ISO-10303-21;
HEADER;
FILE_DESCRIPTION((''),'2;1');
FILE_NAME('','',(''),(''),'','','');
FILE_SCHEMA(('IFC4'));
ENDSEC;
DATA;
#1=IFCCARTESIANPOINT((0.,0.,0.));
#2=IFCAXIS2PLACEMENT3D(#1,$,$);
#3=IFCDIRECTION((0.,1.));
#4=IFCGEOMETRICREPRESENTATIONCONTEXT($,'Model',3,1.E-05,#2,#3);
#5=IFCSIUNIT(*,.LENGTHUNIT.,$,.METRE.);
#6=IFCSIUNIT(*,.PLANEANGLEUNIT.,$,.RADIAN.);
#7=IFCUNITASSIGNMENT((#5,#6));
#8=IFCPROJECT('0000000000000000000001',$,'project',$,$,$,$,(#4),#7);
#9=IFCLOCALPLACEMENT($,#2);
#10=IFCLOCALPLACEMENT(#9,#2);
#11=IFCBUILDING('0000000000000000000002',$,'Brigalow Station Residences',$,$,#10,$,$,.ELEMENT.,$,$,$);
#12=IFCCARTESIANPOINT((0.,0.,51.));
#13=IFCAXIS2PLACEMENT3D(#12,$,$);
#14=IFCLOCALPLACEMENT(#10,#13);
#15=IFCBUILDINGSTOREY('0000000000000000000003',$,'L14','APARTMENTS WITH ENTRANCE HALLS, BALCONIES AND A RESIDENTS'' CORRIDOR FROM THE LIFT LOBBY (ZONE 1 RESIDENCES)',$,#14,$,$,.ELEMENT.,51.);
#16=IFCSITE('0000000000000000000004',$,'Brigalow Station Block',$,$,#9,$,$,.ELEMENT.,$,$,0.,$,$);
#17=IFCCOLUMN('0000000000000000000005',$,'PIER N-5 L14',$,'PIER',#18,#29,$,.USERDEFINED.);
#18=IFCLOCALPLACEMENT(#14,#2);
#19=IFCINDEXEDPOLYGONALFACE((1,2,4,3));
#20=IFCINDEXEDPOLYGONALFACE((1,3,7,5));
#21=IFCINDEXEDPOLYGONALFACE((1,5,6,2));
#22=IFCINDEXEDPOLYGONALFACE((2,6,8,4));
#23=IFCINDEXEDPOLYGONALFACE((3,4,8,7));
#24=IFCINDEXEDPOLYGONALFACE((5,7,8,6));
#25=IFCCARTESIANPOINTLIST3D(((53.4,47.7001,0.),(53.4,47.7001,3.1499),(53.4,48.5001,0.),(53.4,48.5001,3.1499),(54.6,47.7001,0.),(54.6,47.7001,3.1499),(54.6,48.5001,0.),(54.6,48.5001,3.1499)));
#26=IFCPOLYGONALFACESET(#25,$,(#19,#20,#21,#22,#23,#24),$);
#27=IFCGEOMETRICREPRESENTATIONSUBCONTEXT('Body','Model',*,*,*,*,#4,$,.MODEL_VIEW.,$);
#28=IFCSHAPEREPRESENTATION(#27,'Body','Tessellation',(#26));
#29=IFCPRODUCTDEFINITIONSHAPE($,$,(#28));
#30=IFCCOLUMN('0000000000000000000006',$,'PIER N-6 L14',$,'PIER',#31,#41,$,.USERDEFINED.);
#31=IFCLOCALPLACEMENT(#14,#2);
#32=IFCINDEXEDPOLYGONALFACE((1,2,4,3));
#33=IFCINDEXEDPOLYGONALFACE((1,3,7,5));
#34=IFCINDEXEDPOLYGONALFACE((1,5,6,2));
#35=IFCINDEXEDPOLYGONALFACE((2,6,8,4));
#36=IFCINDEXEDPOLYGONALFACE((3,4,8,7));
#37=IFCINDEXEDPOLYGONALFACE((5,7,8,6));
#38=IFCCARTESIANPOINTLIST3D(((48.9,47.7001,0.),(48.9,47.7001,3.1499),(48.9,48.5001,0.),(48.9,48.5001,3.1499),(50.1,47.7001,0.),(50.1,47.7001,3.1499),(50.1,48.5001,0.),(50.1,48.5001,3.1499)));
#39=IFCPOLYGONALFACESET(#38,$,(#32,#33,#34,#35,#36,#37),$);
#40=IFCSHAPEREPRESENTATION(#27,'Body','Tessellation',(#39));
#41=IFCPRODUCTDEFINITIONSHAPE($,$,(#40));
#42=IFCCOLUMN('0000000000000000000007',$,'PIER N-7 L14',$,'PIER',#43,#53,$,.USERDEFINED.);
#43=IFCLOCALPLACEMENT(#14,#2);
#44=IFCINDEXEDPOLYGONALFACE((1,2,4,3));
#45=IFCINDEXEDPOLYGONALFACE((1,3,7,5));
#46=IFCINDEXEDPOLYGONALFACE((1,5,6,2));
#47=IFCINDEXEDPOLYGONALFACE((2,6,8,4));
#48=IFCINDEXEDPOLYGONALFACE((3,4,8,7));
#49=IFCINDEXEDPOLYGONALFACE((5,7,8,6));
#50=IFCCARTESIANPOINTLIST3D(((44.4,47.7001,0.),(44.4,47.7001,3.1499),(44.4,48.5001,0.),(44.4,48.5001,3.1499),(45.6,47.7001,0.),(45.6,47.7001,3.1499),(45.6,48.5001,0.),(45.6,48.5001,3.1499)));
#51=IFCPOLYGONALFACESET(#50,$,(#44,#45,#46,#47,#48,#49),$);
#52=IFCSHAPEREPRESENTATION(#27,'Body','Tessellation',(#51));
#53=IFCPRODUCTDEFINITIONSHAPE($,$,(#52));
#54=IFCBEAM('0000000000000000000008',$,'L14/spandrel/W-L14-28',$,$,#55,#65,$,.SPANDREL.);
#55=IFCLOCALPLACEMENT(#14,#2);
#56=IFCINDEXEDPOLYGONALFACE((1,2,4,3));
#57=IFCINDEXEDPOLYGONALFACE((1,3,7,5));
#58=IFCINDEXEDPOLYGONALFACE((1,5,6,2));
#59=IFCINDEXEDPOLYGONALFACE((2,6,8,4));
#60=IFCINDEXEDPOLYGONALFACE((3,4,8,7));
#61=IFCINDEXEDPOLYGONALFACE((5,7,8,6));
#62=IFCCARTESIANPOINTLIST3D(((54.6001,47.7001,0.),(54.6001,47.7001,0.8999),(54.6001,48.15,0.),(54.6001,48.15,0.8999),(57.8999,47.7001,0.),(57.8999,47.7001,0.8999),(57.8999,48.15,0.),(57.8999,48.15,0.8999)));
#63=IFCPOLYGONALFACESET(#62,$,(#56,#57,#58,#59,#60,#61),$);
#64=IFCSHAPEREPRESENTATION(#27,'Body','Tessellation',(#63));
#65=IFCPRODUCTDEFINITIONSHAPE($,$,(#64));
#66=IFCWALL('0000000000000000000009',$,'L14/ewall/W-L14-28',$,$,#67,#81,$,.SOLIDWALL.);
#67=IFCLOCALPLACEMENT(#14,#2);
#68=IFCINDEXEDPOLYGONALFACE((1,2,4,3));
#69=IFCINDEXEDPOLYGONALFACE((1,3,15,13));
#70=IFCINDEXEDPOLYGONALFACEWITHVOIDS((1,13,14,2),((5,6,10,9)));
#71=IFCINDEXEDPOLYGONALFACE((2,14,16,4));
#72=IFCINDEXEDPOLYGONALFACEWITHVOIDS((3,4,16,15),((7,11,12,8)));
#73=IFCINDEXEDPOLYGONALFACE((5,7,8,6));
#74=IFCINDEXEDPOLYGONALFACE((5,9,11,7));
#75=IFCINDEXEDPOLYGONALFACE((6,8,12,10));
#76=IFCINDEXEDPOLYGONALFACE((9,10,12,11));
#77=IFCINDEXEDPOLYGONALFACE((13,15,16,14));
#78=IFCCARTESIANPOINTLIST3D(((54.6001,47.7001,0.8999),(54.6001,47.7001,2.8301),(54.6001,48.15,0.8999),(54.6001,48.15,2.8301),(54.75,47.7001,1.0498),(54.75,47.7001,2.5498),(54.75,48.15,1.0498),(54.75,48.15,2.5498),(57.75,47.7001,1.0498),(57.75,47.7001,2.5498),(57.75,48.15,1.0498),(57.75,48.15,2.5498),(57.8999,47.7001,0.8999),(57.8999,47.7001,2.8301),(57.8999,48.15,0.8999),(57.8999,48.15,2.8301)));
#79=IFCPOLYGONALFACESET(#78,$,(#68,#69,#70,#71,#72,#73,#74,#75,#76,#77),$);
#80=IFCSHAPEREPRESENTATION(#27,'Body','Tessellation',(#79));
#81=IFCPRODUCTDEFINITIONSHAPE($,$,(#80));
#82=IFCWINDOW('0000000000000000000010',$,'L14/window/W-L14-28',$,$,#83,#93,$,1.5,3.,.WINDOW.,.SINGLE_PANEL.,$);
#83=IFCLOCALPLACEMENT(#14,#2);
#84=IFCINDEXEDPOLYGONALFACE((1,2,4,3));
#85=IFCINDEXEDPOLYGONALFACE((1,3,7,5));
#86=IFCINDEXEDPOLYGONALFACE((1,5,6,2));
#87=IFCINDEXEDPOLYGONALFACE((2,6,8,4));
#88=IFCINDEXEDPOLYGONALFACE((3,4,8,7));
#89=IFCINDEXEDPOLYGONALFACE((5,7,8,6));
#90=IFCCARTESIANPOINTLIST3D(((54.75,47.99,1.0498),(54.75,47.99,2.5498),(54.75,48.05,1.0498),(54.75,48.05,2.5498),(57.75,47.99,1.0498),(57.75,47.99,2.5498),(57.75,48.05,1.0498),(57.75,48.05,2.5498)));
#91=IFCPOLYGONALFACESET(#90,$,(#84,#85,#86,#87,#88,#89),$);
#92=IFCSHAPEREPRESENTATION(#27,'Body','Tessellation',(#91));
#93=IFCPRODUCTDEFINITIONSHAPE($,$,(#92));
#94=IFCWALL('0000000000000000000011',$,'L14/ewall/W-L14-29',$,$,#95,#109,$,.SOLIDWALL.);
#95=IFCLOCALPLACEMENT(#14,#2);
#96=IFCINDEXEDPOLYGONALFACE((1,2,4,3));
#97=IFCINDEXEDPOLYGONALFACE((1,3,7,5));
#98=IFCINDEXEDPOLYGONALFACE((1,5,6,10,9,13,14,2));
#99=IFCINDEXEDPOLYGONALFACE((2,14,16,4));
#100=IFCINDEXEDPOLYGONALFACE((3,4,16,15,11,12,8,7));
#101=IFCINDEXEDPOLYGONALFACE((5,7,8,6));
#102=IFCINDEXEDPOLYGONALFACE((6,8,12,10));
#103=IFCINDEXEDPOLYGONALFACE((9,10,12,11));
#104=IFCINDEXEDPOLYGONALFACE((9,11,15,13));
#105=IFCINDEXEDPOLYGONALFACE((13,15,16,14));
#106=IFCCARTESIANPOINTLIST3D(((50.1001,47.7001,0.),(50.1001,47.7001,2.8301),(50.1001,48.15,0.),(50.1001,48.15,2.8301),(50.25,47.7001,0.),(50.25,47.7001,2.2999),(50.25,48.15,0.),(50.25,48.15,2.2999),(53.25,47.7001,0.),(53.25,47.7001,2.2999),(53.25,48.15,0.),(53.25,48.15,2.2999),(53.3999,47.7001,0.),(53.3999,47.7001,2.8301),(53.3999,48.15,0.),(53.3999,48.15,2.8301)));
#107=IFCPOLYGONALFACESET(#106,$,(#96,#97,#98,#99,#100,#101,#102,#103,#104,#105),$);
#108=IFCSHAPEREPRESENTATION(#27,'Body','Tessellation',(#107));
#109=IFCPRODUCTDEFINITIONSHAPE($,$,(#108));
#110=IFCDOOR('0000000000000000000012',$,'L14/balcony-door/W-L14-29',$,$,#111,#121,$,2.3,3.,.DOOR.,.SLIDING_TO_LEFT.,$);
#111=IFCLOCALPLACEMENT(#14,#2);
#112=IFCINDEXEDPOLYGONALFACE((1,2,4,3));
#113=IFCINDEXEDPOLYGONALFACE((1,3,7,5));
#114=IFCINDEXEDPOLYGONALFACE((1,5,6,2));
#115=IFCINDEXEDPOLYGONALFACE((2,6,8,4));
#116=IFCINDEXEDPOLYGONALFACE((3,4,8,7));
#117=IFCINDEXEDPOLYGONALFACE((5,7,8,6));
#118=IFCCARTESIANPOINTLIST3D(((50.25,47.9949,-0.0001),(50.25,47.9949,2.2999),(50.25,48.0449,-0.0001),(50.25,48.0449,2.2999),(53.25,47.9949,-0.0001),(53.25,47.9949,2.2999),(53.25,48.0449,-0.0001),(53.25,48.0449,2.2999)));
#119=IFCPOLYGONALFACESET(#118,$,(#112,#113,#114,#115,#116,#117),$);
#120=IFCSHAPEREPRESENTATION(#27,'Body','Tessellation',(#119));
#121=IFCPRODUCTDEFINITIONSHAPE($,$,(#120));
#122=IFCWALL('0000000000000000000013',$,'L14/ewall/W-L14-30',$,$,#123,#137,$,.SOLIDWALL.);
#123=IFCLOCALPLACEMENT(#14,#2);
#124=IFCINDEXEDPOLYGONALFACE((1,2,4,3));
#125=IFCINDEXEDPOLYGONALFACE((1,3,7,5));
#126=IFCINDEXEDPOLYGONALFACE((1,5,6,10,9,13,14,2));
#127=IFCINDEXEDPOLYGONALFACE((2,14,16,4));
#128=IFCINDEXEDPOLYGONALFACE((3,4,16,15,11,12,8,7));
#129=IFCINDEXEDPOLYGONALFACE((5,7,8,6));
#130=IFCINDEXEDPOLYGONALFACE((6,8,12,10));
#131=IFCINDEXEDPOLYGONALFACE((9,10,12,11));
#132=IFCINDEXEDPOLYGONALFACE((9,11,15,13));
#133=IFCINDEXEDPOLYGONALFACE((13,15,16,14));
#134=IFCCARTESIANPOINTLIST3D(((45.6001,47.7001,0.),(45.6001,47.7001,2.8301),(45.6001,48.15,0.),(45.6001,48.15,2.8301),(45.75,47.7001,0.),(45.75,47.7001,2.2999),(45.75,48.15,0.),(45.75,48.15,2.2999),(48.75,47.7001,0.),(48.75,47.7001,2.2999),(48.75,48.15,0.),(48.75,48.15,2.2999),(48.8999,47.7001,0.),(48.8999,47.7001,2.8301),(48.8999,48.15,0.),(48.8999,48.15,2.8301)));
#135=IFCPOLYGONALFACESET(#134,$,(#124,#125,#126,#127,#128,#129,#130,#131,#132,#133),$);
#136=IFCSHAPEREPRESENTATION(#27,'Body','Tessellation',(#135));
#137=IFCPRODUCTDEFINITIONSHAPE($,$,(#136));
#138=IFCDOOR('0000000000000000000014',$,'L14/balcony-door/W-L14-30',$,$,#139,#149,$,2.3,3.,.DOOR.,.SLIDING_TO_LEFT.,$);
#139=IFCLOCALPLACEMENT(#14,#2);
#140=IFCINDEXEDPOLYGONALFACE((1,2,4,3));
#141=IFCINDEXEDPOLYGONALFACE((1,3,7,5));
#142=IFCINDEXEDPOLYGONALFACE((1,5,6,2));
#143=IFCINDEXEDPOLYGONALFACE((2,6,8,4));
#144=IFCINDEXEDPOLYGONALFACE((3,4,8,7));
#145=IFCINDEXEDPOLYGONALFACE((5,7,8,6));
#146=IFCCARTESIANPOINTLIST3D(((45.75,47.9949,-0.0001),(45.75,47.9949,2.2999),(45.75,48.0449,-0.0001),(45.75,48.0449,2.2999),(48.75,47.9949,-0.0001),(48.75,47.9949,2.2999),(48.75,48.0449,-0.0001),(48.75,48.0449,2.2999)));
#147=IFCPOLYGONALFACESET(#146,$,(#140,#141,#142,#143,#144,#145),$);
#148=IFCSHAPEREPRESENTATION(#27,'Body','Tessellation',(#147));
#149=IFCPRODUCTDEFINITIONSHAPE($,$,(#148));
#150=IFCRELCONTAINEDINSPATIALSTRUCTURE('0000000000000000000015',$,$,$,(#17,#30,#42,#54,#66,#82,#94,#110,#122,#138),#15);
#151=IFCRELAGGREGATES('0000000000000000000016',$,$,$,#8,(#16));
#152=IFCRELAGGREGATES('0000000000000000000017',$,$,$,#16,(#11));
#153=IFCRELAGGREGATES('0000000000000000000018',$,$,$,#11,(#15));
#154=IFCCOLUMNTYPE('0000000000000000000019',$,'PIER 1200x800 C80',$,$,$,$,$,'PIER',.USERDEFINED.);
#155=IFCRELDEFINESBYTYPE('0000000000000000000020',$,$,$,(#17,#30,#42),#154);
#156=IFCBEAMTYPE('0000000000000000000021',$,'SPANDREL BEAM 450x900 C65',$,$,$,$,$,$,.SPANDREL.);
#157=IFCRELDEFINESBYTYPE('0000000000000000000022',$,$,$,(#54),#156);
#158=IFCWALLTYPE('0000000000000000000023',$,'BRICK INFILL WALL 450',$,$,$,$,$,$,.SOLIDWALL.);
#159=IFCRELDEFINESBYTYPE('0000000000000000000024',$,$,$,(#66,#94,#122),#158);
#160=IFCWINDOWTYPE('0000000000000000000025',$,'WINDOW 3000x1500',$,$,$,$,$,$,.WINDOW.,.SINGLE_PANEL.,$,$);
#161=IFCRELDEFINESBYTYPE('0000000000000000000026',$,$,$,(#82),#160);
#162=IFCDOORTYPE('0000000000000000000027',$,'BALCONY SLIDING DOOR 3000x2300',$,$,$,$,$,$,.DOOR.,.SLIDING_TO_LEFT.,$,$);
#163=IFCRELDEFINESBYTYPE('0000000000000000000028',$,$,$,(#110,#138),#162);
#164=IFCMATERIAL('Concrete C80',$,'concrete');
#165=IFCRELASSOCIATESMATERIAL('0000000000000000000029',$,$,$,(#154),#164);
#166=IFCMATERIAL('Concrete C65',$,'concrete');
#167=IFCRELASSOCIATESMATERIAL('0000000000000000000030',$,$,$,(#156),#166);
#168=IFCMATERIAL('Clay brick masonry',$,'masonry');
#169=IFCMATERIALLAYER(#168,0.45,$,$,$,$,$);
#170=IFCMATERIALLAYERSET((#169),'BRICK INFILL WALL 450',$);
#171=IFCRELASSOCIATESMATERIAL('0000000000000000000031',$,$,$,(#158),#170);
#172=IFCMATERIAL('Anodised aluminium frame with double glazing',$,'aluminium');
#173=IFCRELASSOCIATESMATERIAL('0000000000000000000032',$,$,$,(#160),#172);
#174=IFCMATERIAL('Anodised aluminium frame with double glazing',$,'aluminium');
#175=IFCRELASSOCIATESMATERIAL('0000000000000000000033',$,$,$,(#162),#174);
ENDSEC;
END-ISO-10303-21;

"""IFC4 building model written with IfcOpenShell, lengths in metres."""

from ifc_helpers import new_model, si_unit, direction, frame, frame_2d, origin, origin_2d, place, context, subcontext, project, spatial, rectangle, extrude, material, layer, layer_set, material_profile, profile_set, type_object, element, fill, save


model = new_model("IFC4")

# Units and contexts
model_context = context("Model", 3, precision=1e-05, world=origin(), true_north=direction((0.0, 1.0)))
body_context = subcontext(model_context, "Body", "Model", "MODEL_VIEW")
ifc_project = project(units=[si_unit("LENGTHUNIT", "METRE"), si_unit("PLANEANGLEUNIT", "RADIAN")], contexts=[model_context])

# Site, building, storey
site_placement = place(None, origin())
site = spatial("IfcSite", under=ifc_project, at=site_placement, Name="Brigalow Station Block", CompositionType="ELEMENT", RefElevation=0.0)
building_placement = place(site_placement, origin())
building = spatial("IfcBuilding", under=site, at=building_placement, Name="Brigalow Station Residences", CompositionType="ELEMENT")
storey_placement = place(building_placement, frame((0.0, 0.0, 51.0)))
storey = spatial("IfcBuildingStorey", under=building, at=storey_placement, Name="L14", Description="APARTMENTS WITH ENTRANCE HALLS, BALCONIES AND A RESIDENTS' CORRIDOR FROM THE LIFT LOBBY (ZONE 1 RESIDENCES)", CompositionType="ELEMENT", Elevation=51.0)

# Columns
ifc_material_1 = material(Name="Concrete C80", Category="concrete")
ifc_material_profile_1 = material_profile(ifc_material_1, rectangle(XDim=1.2, YDim=0.8, at=origin_2d()), Name="RC1200x800")
ifc_profile_set_1 = profile_set([ifc_material_profile_1], Name="Concrete C80")
column_type = type_object("IfcColumnType", Name="PIER 1200x800 C80", ElementType="PIER", PredefinedType="USERDEFINED", material=ifc_profile_set_1)
for number, where, z_axis, x_axis, name in (
    (1, (54.0, 48.1001, 0.0), (0.0, 0.0, 1.0), (-1.0, 0.0, 0.0), "PIER N-5 L14"),
    (2, (49.5, 48.1001, 0.0), (0.0, 0.0, 1.0), (-1.0, 0.0, 0.0), "PIER N-6 L14"),
    (3, (45.0, 48.1001, 0.0), (0.0, 0.0, 1.0), (-1.0, 0.0, 0.0), "PIER N-7 L14"),
):
    element("IfcColumn", number, at=place(storey_placement, frame(where, z_axis=z_axis, x_axis=x_axis)), inside=storey, type_object=column_type, Name=name, ObjectType="PIER", PredefinedType="USERDEFINED", context=body_context, shape_type="SweptSolid", body=[
        extrude(rectangle(XDim=1.2, YDim=0.8, at=origin_2d()), origin(), (0.0, 0.0, 1.0), 3.1499),
    ])

# Beam
ifc_material_2 = material(Name="Concrete C65", Category="concrete")
ifc_material_profile_2 = material_profile(ifc_material_2, rectangle(XDim=0.45, YDim=0.8999, at=origin_2d()), Name="RC450x900")
ifc_profile_set_2 = profile_set([ifc_material_profile_2], Name="Concrete C65")
beam_type = type_object("IfcBeamType", Name="SPANDREL BEAM 450x900 C65", PredefinedType="SPANDREL", material=ifc_profile_set_2)
beam_placement = place(storey_placement, frame((57.8999, 47.925, 0.45), z_axis=(-1.0, 0.0, 0.0), x_axis=(0.0, -1.0, 0.0)))
element("IfcBeam", 4, at=beam_placement, inside=storey, type_object=beam_type, Name="L14/spandrel/W-L14-28", PredefinedType="SPANDREL", context=body_context, shape_type="SweptSolid", body=[
    extrude(rectangle(XDim=0.45, YDim=0.8999, at=origin_2d()), origin(), (0.0, 0.0, 1.0), 3.2998),
])

# Wall, opening, window
ifc_material_3 = material(Name="Clay brick masonry", Category="masonry")
ifc_layer_1 = layer(ifc_material_3, 0.45)
ifc_layer_set_1 = layer_set([ifc_layer_1], Name="BRICK INFILL WALL 450")
wall_type_1 = type_object("IfcWallType", Name="BRICK INFILL WALL 450", PredefinedType="SOLIDWALL", material=ifc_layer_set_1)
wall_1_placement = place(storey_placement, frame((57.8999, 47.925, 0.8999), z_axis=(0.0, 0.0, 1.0), x_axis=(-1.0, 0.0, 0.0)))
wall_1 = element("IfcWall", 5, at=wall_1_placement, inside=storey, type_object=wall_type_1, Name="L14/ewall/W-L14-28", PredefinedType="SOLIDWALL", context=body_context, shape_type="SweptSolid", body=[
    extrude(rectangle(XDim=3.2998, YDim=0.45, at=frame_2d((1.6499, 0.0))), origin(), (0.0, 0.0, 1.0), 1.9302),
])
opening_1_placement = place(wall_1_placement, frame((0.1499, 0.0, 0.1499)))
opening_1 = element("IfcOpeningElement", 6, at=opening_1_placement, cuts=wall_1, PredefinedType="OPENING", context=body_context, shape_type="SweptSolid", body=[
    extrude(rectangle(XDim=3.0, YDim=1.5, at=frame_2d((1.5, 0.75))), frame((0.0, 0.2349, 0.0), z_axis=(0.0, -1.0, 0.0), x_axis=(1.0, 0.0, 0.0)), (0.0, 0.0, 1.0), 0.47),
])
ifc_material_4 = material(Name="Anodised aluminium frame with double glazing", Category="aluminium")
window_type = type_object("IfcWindowType", Name="WINDOW 3000x1500", PartitioningType="SINGLE_PANEL", PredefinedType="WINDOW", material=ifc_material_4)
window_placement = place(opening_1_placement, origin())
window = element("IfcWindow", 7, at=window_placement, inside=storey, type_object=window_type, Name="L14/window/W-L14-28", OverallHeight=1.5, OverallWidth=3.0, PartitioningType="SINGLE_PANEL", PredefinedType="WINDOW", context=body_context, shape_type="SweptSolid", body=[
    extrude(rectangle(XDim=3.0, YDim=1.5, at=frame_2d((1.5, 0.75))), frame((0.0, -0.0649, 0.0), z_axis=(0.0, -1.0, 0.0), x_axis=(1.0, 0.0, 0.0)), (0.0, 0.0, 1.0), 0.0601),
])
fill(opening_1, window)

# Walls, openings, doors
wall_2_placement = place(storey_placement, frame((53.3999, 47.925, 0.0), z_axis=(0.0, 0.0, 1.0), x_axis=(-1.0, 0.0, 0.0)))
wall_2 = element("IfcWall", 8, at=wall_2_placement, inside=storey, type_object=wall_type_1, Name="L14/ewall/W-L14-29", PredefinedType="SOLIDWALL", context=body_context, shape_type="SweptSolid", body=[
    extrude(rectangle(XDim=3.2998, YDim=0.45, at=frame_2d((1.6499, 0.0))), origin(), (0.0, 0.0, 1.0), 2.8301),
])
opening_2_placement = place(wall_2_placement, frame((0.1499, 0.0, 0.0)))
opening_2 = element("IfcOpeningElement", 9, at=opening_2_placement, cuts=wall_2, PredefinedType="OPENING", context=body_context, shape_type="SweptSolid", body=[
    extrude(rectangle(XDim=3.0, YDim=2.3, at=frame_2d((1.5, 1.1499))), frame((0.0, 0.2349, 0.0), z_axis=(0.0, -1.0, 0.0), x_axis=(1.0, 0.0, 0.0)), (0.0, 0.0, 1.0), 0.47),
])
ifc_material_5 = material(Name="Anodised aluminium frame with double glazing", Category="aluminium")
door_type_1 = type_object("IfcDoorType", Name="BALCONY SLIDING DOOR 3000x2300", OperationType="SLIDING_TO_LEFT", PredefinedType="DOOR", material=ifc_material_5)
door_1_placement = place(opening_2_placement, origin())
door_1 = element("IfcDoor", 10, at=door_1_placement, inside=storey, type_object=door_type_1, Name="L14/balcony-door/W-L14-29", OperationType="SLIDING_TO_LEFT", OverallHeight=2.3, OverallWidth=3.0, PredefinedType="DOOR", context=body_context, shape_type="SweptSolid", body=[
    extrude(rectangle(XDim=3.0, YDim=2.3, at=frame_2d((1.5, 1.1499))), frame((0.0, -0.0698, 0.0), z_axis=(0.0, -1.0, 0.0), x_axis=(1.0, 0.0, 0.0)), (0.0, 0.0, 1.0), 0.05),
])
fill(opening_2, door_1)
wall_3_placement = place(storey_placement, frame((48.8999, 47.925, 0.0), z_axis=(0.0, 0.0, 1.0), x_axis=(-1.0, 0.0, 0.0)))
wall_3 = element("IfcWall", 11, at=wall_3_placement, inside=storey, type_object=wall_type_1, Name="L14/ewall/W-L14-30", PredefinedType="SOLIDWALL", context=body_context, shape_type="SweptSolid", body=[
    extrude(rectangle(XDim=3.2998, YDim=0.45, at=frame_2d((1.6499, 0.0))), origin(), (0.0, 0.0, 1.0), 2.8301),
])
opening_3_placement = place(wall_3_placement, frame((0.1499, 0.0, 0.0)))
opening_3 = element("IfcOpeningElement", 12, at=opening_3_placement, cuts=wall_3, PredefinedType="OPENING", context=body_context, shape_type="SweptSolid", body=[
    extrude(rectangle(XDim=3.0, YDim=2.3, at=frame_2d((1.5, 1.1499))), frame((0.0, 0.2349, 0.0), z_axis=(0.0, -1.0, 0.0), x_axis=(1.0, 0.0, 0.0)), (0.0, 0.0, 1.0), 0.47),
])
door_2_placement = place(opening_3_placement, origin())
door_2 = element("IfcDoor", 13, at=door_2_placement, inside=storey, type_object=door_type_1, Name="L14/balcony-door/W-L14-30", OperationType="SLIDING_TO_LEFT", OverallHeight=2.3, OverallWidth=3.0, PredefinedType="DOOR", context=body_context, shape_type="SweptSolid", body=[
    extrude(rectangle(XDim=3.0, YDim=2.3, at=frame_2d((1.5, 1.1499))), frame((0.0, -0.0698, 0.0), z_axis=(0.0, -1.0, 0.0), x_axis=(1.0, 0.0, 0.0)), (0.0, 0.0, 1.0), 0.05),
])
fill(opening_3, door_2)

save(model, "model.ifc")
